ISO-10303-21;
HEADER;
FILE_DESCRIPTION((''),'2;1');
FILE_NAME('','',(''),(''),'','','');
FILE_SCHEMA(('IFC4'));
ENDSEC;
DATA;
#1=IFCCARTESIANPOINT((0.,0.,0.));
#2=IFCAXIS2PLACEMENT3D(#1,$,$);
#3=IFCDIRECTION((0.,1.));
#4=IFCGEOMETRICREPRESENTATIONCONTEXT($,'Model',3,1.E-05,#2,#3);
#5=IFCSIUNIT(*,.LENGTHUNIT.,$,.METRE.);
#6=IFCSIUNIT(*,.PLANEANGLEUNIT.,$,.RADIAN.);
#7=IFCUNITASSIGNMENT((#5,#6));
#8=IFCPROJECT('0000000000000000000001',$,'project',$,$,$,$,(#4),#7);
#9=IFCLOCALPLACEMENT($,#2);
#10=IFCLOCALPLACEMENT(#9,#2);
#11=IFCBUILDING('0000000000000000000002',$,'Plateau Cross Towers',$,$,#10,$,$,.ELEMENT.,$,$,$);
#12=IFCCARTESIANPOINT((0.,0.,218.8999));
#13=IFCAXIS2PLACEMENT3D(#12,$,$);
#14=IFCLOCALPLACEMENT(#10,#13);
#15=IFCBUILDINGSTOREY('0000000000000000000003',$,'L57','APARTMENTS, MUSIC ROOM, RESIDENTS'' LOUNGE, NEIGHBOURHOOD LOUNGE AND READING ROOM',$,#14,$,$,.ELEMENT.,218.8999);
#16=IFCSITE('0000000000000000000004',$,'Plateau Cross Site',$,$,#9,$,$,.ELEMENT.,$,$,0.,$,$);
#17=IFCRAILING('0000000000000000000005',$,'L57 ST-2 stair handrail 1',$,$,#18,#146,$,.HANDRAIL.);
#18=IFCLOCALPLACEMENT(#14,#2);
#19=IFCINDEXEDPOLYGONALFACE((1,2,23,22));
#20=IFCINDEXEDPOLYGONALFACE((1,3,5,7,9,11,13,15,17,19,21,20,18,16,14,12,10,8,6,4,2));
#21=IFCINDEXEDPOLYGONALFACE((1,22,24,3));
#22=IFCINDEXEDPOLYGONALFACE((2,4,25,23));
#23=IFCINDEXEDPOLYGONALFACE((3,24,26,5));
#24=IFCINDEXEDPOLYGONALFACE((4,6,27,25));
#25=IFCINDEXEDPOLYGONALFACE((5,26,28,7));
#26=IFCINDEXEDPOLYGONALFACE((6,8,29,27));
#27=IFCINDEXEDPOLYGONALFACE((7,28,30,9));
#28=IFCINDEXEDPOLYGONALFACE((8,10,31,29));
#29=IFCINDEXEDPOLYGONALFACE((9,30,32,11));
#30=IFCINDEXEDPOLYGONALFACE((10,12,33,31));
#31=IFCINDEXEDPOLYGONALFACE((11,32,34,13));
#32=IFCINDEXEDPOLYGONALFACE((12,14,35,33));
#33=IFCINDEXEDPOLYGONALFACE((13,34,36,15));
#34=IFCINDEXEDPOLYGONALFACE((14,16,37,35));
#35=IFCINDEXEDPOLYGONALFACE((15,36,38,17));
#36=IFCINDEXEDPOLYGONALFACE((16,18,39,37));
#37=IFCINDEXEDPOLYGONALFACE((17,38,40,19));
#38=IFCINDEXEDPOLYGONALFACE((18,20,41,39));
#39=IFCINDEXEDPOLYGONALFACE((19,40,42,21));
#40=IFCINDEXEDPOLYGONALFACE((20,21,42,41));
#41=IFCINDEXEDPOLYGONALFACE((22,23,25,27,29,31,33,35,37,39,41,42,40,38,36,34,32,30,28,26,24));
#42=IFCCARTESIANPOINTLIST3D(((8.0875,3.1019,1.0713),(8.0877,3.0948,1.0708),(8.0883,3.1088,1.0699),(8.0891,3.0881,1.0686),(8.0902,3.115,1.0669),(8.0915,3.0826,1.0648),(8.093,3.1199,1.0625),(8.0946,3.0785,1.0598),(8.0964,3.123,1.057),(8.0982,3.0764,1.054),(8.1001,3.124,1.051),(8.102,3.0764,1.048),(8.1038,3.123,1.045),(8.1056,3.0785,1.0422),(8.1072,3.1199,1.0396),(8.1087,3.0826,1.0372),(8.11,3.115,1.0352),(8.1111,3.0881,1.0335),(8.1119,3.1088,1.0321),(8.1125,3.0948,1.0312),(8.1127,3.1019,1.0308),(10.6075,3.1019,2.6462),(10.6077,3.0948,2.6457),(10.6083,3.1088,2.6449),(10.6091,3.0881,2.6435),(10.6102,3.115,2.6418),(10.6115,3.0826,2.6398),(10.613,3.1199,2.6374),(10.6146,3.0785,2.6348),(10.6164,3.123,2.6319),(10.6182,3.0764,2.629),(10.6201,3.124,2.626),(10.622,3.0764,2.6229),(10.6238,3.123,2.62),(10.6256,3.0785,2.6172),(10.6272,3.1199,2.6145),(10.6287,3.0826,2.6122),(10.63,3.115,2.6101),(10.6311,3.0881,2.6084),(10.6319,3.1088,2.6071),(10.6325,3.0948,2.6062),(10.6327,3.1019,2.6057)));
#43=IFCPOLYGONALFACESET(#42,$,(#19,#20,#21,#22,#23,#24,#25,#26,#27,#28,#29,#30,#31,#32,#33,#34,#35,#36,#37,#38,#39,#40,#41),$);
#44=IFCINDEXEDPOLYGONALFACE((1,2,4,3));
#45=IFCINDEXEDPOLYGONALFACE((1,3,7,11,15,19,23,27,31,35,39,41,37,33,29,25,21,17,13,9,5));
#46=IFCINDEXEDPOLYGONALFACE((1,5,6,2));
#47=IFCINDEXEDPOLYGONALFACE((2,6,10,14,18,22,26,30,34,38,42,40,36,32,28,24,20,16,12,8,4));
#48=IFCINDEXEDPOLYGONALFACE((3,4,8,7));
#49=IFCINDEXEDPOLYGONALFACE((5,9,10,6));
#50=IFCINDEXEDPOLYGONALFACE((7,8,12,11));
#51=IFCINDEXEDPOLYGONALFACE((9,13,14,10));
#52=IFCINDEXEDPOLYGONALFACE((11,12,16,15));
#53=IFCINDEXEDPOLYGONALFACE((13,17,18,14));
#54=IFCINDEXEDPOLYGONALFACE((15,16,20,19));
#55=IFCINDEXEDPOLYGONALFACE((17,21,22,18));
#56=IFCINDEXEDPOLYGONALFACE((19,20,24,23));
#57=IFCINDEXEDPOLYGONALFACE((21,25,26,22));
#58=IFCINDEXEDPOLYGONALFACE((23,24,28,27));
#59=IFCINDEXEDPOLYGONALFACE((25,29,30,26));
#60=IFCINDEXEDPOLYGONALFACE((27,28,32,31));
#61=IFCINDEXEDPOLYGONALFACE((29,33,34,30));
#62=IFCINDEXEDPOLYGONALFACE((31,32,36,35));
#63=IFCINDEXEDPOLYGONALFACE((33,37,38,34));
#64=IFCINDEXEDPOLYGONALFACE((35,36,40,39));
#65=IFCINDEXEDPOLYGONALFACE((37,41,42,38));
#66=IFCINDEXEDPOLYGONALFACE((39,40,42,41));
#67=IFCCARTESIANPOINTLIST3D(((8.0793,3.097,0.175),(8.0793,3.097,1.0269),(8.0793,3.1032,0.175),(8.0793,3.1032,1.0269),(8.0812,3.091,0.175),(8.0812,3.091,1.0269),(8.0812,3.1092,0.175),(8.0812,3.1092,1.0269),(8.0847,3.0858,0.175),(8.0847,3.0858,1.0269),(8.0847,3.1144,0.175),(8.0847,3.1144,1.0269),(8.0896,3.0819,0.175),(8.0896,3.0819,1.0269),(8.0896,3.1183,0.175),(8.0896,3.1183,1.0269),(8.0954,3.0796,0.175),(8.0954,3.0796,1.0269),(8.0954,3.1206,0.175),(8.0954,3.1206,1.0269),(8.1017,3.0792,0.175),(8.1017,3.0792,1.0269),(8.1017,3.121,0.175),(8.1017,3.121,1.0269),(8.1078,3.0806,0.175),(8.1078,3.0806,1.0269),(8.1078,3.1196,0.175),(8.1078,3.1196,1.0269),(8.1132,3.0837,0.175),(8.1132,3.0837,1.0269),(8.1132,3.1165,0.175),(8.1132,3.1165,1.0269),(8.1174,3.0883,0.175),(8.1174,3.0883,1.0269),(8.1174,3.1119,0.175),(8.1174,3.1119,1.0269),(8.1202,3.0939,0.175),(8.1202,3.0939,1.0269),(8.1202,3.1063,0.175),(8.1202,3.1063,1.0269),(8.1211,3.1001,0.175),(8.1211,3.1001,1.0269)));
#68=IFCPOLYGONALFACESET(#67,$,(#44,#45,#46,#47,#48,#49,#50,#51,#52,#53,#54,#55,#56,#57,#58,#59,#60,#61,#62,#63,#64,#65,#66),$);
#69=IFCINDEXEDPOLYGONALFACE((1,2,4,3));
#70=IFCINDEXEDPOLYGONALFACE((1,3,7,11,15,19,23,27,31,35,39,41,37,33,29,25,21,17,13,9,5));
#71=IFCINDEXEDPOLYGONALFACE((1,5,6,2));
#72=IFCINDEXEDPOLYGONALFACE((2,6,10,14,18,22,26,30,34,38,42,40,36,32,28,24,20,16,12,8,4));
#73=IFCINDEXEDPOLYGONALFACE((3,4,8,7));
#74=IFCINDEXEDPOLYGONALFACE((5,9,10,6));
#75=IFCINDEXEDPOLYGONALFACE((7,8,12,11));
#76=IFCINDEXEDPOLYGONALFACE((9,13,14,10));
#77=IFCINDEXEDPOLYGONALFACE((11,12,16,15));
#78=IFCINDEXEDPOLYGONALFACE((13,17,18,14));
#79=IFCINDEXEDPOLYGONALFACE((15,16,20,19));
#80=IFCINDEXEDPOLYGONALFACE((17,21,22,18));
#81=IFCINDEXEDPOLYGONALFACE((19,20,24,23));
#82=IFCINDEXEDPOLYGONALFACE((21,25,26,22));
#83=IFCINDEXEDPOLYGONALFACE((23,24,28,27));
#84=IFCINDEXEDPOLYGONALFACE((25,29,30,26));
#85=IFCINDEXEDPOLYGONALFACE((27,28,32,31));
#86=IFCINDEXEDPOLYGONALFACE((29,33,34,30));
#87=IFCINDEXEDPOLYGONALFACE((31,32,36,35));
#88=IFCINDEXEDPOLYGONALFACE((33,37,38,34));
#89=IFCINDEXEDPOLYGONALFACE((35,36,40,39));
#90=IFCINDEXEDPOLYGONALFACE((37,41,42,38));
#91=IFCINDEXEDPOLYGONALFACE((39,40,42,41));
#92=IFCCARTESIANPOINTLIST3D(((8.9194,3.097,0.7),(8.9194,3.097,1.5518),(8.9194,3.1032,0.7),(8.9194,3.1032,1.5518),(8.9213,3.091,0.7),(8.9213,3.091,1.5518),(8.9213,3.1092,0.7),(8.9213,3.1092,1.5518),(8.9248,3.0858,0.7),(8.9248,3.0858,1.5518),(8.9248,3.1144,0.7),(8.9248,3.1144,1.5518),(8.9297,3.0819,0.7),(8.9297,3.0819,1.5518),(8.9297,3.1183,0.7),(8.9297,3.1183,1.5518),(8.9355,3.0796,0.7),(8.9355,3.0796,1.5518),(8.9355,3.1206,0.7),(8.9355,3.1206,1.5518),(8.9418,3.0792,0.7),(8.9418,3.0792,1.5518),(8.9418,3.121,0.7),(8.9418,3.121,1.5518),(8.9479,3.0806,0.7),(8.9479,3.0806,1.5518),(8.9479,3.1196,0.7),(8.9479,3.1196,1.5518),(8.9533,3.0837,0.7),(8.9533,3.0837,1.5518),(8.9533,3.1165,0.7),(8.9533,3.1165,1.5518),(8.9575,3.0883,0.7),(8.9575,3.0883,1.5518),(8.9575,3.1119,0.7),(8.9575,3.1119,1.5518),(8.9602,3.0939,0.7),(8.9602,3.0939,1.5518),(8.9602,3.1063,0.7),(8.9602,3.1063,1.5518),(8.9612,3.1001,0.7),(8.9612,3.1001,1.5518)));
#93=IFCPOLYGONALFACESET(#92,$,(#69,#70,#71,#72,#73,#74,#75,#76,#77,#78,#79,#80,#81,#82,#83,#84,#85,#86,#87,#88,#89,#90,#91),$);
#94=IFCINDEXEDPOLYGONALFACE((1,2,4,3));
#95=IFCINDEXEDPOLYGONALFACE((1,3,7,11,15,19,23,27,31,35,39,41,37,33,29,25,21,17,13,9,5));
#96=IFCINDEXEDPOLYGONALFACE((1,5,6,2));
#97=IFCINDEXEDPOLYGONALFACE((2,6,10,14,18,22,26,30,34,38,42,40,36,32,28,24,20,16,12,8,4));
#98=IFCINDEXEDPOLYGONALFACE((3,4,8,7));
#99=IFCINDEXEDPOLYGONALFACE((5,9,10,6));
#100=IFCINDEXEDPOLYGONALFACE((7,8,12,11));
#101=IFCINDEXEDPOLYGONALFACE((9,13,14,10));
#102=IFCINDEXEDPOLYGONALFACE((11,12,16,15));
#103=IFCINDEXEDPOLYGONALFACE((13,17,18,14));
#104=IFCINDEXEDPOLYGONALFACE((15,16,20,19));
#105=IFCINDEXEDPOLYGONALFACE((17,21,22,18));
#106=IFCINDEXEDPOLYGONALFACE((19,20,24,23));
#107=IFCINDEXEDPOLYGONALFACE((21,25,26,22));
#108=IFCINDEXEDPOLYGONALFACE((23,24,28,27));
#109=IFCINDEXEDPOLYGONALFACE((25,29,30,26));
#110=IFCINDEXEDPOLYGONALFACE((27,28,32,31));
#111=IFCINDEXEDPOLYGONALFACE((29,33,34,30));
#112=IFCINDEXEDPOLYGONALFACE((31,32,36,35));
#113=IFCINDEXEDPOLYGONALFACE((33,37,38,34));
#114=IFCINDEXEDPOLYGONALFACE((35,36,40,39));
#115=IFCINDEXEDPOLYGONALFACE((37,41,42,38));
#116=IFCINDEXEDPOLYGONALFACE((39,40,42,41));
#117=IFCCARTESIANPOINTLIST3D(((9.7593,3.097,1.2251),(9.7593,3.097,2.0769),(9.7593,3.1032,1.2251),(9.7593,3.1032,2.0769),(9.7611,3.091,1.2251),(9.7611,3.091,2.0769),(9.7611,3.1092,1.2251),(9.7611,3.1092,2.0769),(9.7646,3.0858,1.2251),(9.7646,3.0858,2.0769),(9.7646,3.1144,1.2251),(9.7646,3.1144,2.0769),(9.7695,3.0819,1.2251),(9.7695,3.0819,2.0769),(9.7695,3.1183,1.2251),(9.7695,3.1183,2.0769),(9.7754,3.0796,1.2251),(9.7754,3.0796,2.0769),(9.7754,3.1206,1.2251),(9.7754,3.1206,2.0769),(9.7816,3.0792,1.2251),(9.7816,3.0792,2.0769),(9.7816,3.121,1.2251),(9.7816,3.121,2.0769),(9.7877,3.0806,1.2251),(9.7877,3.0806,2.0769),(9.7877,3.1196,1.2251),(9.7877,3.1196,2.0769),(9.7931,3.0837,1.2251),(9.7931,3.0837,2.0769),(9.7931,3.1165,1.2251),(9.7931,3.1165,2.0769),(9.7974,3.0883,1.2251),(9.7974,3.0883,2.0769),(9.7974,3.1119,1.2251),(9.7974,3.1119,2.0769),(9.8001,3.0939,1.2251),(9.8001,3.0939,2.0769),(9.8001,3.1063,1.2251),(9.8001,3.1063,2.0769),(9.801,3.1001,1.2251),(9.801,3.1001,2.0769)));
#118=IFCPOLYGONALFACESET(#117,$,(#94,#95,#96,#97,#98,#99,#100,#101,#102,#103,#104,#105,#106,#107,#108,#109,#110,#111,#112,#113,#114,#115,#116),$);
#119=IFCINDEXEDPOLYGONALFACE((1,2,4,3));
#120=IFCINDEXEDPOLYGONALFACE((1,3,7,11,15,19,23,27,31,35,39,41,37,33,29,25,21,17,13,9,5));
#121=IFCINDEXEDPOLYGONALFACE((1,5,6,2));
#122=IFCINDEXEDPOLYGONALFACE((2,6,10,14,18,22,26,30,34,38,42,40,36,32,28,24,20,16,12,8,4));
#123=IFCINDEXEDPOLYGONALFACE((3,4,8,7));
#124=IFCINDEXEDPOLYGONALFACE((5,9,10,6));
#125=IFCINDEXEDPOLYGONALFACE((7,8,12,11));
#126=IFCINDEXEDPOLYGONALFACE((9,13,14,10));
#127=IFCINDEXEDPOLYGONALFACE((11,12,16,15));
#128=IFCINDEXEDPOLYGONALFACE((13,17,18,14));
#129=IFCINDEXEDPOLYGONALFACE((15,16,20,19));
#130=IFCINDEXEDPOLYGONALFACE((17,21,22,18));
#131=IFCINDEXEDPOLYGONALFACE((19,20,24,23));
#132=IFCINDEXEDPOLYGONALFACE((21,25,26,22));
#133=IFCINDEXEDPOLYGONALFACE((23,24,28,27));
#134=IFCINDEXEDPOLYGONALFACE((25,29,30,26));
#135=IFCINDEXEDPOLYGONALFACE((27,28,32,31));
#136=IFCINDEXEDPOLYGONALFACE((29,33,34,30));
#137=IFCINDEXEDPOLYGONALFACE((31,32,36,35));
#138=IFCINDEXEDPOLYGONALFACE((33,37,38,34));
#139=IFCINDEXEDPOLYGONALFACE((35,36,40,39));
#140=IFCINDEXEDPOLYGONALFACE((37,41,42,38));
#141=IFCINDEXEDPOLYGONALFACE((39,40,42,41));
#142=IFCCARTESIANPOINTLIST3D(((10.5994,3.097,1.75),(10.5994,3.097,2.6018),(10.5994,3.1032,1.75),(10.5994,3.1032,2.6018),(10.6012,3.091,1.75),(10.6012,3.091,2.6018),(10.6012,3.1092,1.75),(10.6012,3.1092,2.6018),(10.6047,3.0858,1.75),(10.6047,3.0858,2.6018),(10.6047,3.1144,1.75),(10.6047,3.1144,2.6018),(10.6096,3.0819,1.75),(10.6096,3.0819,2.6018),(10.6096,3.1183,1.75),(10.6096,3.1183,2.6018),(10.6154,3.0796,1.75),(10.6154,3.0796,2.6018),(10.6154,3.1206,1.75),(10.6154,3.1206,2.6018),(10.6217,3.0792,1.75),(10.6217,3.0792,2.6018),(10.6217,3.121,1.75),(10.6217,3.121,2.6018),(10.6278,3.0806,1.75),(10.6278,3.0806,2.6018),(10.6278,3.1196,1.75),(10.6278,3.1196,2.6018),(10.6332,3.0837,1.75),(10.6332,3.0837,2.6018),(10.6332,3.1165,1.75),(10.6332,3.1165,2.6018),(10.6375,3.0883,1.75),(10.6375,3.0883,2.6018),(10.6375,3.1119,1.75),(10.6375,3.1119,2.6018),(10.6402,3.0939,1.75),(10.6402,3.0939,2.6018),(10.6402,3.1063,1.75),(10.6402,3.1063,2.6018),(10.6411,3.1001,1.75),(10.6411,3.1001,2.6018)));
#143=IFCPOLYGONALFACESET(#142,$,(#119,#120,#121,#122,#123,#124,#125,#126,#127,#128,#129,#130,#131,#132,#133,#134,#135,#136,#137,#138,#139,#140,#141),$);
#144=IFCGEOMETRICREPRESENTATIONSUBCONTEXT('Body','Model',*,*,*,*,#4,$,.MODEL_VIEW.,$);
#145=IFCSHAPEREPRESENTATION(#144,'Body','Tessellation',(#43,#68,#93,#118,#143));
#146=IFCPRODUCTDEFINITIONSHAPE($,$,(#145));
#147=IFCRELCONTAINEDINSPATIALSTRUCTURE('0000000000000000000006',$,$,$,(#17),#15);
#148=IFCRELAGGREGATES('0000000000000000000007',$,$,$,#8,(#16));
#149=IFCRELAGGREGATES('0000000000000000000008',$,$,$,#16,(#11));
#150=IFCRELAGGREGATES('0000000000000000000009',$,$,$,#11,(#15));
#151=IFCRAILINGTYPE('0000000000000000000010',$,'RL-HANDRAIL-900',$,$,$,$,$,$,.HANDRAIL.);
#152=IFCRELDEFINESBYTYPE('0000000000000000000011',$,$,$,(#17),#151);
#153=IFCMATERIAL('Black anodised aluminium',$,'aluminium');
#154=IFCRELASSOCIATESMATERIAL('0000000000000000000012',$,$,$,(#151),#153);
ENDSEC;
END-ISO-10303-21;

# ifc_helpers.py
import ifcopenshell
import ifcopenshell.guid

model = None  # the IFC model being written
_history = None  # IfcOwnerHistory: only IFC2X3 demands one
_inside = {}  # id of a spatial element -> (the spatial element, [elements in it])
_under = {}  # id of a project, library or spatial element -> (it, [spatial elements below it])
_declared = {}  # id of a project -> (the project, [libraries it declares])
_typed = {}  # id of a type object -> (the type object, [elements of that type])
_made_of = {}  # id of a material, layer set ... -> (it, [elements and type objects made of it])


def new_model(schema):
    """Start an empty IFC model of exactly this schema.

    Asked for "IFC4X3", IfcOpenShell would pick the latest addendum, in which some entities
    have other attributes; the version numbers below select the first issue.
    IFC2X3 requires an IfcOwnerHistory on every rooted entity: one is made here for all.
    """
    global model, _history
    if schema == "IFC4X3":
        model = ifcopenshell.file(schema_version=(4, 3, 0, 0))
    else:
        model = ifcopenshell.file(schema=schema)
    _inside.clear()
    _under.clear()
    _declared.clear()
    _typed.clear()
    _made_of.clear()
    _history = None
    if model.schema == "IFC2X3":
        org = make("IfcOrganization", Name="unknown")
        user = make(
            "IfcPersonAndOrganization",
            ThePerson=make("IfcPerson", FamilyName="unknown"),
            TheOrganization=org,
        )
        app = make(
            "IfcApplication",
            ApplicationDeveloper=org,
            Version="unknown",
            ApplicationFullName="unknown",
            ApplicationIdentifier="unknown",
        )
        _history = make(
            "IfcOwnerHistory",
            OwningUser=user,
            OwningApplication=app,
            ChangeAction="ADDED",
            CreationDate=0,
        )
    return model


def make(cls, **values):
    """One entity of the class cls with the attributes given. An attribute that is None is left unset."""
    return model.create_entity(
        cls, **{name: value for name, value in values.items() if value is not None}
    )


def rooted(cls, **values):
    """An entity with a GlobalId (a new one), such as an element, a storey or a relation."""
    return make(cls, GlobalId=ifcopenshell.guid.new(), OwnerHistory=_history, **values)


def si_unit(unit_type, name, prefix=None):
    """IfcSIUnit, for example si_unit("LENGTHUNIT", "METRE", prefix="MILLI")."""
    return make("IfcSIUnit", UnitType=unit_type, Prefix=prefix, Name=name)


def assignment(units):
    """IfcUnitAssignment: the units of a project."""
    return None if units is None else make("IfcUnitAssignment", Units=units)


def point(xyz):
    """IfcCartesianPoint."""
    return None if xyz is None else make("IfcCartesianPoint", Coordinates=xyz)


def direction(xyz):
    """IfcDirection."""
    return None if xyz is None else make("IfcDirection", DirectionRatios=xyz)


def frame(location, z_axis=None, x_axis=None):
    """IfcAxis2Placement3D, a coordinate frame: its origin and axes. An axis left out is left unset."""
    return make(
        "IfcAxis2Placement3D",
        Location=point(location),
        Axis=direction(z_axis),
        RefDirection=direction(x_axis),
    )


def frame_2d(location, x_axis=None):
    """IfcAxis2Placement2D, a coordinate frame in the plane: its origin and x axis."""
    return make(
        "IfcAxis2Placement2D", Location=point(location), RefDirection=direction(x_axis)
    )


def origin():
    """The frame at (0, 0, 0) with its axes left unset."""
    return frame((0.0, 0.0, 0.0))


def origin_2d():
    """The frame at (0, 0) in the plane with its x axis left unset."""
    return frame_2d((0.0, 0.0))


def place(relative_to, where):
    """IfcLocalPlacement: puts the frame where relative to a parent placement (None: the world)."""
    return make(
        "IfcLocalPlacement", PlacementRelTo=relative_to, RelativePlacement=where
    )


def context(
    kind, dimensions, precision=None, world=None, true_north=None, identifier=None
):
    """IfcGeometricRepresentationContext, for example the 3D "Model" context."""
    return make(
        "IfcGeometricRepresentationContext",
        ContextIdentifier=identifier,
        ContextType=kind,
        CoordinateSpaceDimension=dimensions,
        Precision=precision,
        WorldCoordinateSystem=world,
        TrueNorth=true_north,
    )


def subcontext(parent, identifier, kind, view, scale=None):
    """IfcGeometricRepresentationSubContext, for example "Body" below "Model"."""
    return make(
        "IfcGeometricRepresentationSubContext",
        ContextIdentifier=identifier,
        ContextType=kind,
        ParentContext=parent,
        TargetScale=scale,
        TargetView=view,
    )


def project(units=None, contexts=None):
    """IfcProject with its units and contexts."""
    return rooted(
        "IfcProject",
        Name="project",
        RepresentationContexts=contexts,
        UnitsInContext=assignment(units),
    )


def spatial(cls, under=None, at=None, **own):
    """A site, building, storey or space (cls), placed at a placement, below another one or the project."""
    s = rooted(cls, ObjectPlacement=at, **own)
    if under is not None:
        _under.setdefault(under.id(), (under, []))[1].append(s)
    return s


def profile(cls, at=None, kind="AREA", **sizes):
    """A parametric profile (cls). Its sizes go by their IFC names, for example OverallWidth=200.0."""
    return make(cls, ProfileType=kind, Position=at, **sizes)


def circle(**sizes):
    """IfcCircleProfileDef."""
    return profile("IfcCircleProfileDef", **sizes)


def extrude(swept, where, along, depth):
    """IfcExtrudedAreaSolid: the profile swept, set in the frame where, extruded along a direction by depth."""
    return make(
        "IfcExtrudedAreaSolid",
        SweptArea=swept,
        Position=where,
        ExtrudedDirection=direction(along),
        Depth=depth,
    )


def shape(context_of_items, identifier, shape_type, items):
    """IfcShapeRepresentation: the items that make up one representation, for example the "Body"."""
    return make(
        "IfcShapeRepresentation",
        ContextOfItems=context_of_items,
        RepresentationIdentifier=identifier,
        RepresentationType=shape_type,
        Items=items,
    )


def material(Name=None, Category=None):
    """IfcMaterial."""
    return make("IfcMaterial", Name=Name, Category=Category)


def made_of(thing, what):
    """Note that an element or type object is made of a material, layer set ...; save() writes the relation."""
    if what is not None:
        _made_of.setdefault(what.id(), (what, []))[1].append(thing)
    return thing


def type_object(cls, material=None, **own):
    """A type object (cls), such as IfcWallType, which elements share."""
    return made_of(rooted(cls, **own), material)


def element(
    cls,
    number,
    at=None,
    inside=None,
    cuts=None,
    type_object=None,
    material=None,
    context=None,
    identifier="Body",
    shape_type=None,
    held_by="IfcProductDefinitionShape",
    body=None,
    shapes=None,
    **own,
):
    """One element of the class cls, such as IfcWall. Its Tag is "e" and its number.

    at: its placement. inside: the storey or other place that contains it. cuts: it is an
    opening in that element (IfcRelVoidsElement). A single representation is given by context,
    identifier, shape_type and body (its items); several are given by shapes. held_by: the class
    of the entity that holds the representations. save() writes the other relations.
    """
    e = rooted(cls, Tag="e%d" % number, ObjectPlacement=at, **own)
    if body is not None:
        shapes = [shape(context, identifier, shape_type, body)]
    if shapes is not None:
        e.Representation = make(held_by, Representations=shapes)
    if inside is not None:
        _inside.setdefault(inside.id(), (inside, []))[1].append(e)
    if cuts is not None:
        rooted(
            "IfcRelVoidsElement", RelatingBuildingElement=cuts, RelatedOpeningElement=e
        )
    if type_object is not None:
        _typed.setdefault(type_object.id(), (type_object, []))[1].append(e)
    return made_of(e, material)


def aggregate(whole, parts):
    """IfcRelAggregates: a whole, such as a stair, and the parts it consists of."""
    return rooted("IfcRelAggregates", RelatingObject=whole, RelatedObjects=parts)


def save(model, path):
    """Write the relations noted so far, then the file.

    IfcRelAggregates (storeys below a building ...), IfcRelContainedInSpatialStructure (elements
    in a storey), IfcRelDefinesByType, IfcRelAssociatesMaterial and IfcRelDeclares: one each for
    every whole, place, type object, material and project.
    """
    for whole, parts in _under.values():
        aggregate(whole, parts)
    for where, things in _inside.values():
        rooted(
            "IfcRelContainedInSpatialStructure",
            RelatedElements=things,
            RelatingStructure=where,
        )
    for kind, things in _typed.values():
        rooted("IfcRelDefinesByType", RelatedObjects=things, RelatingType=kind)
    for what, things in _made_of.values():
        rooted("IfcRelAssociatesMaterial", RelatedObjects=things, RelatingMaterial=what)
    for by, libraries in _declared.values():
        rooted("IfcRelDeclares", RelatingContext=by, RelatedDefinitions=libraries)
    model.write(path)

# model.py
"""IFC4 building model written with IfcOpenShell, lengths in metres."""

from ifc_helpers import new_model, si_unit, direction, frame, origin, origin_2d, place, context, subcontext, project, spatial, circle, extrude, material, type_object, element, save


model = new_model("IFC4")

# Units and contexts
model_context = context("Model", 3, precision=1e-05, world=origin(), true_north=direction((0.0, 1.0)))
body_context = subcontext(model_context, "Body", "Model", "MODEL_VIEW")
ifc_project = project(units=[si_unit("LENGTHUNIT", "METRE"), si_unit("PLANEANGLEUNIT", "RADIAN")], contexts=[model_context])

# Site, building, storey
site_placement = place(None, origin())
site = spatial("IfcSite", under=ifc_project, at=site_placement, Name="Plateau Cross Site", CompositionType="ELEMENT", RefElevation=0.0)
building_placement = place(site_placement, origin())
building = spatial("IfcBuilding", under=site, at=building_placement, Name="Plateau Cross Towers", CompositionType="ELEMENT")
storey_placement = place(building_placement, frame((0.0, 0.0, 218.8999)))
storey = spatial("IfcBuildingStorey", under=building, at=storey_placement, Name="L57", Description="APARTMENTS, MUSIC ROOM, RESIDENTS' LOUNGE, NEIGHBOURHOOD LOUNGE AND READING ROOM", CompositionType="ELEMENT", Elevation=218.8999)

# Shared definitions
ifc_material_1 = material(Name="Black anodised aluminium", Category="aluminium")

# Railing
railing_type_1 = type_object("IfcRailingType", Name="RL-HANDRAIL-900", PredefinedType="HANDRAIL", material=ifc_material_1)
railing_placement = place(storey_placement, frame((8.1001, 3.1001, 0.175)))
element("IfcRailing", 1, at=railing_placement, inside=storey, type_object=railing_type_1, Name="L57 ST-2 stair handrail 1", PredefinedType="HANDRAIL", context=body_context, shape_type="SweptSolid", body=[
    extrude(circle(Radius=0.0239, at=origin_2d()), frame((0.0, 0.0, 0.876), z_axis=(0.848008, 0.0, 0.529984), x_axis=(0.0, 1.0, 0.0)), (0.0, 0.0, 1.0), 2.9717),
    extrude(circle(Radius=0.021, at=origin_2d()), origin(), (0.0, 0.0, 1.0), 0.8518),
    extrude(circle(Radius=0.021, at=origin_2d()), frame((0.8401, 0.0, 0.5249)), (0.0, 0.0, 1.0), 0.8518),
    extrude(circle(Radius=0.021, at=origin_2d()), frame((1.6799, 0.0, 1.05)), (0.0, 0.0, 1.0), 0.8518),
    extrude(circle(Radius=0.021, at=origin_2d()), frame((2.52, 0.0, 1.575)), (0.0, 0.0, 1.0), 0.8518),
])

save(model, "model.ifc")
